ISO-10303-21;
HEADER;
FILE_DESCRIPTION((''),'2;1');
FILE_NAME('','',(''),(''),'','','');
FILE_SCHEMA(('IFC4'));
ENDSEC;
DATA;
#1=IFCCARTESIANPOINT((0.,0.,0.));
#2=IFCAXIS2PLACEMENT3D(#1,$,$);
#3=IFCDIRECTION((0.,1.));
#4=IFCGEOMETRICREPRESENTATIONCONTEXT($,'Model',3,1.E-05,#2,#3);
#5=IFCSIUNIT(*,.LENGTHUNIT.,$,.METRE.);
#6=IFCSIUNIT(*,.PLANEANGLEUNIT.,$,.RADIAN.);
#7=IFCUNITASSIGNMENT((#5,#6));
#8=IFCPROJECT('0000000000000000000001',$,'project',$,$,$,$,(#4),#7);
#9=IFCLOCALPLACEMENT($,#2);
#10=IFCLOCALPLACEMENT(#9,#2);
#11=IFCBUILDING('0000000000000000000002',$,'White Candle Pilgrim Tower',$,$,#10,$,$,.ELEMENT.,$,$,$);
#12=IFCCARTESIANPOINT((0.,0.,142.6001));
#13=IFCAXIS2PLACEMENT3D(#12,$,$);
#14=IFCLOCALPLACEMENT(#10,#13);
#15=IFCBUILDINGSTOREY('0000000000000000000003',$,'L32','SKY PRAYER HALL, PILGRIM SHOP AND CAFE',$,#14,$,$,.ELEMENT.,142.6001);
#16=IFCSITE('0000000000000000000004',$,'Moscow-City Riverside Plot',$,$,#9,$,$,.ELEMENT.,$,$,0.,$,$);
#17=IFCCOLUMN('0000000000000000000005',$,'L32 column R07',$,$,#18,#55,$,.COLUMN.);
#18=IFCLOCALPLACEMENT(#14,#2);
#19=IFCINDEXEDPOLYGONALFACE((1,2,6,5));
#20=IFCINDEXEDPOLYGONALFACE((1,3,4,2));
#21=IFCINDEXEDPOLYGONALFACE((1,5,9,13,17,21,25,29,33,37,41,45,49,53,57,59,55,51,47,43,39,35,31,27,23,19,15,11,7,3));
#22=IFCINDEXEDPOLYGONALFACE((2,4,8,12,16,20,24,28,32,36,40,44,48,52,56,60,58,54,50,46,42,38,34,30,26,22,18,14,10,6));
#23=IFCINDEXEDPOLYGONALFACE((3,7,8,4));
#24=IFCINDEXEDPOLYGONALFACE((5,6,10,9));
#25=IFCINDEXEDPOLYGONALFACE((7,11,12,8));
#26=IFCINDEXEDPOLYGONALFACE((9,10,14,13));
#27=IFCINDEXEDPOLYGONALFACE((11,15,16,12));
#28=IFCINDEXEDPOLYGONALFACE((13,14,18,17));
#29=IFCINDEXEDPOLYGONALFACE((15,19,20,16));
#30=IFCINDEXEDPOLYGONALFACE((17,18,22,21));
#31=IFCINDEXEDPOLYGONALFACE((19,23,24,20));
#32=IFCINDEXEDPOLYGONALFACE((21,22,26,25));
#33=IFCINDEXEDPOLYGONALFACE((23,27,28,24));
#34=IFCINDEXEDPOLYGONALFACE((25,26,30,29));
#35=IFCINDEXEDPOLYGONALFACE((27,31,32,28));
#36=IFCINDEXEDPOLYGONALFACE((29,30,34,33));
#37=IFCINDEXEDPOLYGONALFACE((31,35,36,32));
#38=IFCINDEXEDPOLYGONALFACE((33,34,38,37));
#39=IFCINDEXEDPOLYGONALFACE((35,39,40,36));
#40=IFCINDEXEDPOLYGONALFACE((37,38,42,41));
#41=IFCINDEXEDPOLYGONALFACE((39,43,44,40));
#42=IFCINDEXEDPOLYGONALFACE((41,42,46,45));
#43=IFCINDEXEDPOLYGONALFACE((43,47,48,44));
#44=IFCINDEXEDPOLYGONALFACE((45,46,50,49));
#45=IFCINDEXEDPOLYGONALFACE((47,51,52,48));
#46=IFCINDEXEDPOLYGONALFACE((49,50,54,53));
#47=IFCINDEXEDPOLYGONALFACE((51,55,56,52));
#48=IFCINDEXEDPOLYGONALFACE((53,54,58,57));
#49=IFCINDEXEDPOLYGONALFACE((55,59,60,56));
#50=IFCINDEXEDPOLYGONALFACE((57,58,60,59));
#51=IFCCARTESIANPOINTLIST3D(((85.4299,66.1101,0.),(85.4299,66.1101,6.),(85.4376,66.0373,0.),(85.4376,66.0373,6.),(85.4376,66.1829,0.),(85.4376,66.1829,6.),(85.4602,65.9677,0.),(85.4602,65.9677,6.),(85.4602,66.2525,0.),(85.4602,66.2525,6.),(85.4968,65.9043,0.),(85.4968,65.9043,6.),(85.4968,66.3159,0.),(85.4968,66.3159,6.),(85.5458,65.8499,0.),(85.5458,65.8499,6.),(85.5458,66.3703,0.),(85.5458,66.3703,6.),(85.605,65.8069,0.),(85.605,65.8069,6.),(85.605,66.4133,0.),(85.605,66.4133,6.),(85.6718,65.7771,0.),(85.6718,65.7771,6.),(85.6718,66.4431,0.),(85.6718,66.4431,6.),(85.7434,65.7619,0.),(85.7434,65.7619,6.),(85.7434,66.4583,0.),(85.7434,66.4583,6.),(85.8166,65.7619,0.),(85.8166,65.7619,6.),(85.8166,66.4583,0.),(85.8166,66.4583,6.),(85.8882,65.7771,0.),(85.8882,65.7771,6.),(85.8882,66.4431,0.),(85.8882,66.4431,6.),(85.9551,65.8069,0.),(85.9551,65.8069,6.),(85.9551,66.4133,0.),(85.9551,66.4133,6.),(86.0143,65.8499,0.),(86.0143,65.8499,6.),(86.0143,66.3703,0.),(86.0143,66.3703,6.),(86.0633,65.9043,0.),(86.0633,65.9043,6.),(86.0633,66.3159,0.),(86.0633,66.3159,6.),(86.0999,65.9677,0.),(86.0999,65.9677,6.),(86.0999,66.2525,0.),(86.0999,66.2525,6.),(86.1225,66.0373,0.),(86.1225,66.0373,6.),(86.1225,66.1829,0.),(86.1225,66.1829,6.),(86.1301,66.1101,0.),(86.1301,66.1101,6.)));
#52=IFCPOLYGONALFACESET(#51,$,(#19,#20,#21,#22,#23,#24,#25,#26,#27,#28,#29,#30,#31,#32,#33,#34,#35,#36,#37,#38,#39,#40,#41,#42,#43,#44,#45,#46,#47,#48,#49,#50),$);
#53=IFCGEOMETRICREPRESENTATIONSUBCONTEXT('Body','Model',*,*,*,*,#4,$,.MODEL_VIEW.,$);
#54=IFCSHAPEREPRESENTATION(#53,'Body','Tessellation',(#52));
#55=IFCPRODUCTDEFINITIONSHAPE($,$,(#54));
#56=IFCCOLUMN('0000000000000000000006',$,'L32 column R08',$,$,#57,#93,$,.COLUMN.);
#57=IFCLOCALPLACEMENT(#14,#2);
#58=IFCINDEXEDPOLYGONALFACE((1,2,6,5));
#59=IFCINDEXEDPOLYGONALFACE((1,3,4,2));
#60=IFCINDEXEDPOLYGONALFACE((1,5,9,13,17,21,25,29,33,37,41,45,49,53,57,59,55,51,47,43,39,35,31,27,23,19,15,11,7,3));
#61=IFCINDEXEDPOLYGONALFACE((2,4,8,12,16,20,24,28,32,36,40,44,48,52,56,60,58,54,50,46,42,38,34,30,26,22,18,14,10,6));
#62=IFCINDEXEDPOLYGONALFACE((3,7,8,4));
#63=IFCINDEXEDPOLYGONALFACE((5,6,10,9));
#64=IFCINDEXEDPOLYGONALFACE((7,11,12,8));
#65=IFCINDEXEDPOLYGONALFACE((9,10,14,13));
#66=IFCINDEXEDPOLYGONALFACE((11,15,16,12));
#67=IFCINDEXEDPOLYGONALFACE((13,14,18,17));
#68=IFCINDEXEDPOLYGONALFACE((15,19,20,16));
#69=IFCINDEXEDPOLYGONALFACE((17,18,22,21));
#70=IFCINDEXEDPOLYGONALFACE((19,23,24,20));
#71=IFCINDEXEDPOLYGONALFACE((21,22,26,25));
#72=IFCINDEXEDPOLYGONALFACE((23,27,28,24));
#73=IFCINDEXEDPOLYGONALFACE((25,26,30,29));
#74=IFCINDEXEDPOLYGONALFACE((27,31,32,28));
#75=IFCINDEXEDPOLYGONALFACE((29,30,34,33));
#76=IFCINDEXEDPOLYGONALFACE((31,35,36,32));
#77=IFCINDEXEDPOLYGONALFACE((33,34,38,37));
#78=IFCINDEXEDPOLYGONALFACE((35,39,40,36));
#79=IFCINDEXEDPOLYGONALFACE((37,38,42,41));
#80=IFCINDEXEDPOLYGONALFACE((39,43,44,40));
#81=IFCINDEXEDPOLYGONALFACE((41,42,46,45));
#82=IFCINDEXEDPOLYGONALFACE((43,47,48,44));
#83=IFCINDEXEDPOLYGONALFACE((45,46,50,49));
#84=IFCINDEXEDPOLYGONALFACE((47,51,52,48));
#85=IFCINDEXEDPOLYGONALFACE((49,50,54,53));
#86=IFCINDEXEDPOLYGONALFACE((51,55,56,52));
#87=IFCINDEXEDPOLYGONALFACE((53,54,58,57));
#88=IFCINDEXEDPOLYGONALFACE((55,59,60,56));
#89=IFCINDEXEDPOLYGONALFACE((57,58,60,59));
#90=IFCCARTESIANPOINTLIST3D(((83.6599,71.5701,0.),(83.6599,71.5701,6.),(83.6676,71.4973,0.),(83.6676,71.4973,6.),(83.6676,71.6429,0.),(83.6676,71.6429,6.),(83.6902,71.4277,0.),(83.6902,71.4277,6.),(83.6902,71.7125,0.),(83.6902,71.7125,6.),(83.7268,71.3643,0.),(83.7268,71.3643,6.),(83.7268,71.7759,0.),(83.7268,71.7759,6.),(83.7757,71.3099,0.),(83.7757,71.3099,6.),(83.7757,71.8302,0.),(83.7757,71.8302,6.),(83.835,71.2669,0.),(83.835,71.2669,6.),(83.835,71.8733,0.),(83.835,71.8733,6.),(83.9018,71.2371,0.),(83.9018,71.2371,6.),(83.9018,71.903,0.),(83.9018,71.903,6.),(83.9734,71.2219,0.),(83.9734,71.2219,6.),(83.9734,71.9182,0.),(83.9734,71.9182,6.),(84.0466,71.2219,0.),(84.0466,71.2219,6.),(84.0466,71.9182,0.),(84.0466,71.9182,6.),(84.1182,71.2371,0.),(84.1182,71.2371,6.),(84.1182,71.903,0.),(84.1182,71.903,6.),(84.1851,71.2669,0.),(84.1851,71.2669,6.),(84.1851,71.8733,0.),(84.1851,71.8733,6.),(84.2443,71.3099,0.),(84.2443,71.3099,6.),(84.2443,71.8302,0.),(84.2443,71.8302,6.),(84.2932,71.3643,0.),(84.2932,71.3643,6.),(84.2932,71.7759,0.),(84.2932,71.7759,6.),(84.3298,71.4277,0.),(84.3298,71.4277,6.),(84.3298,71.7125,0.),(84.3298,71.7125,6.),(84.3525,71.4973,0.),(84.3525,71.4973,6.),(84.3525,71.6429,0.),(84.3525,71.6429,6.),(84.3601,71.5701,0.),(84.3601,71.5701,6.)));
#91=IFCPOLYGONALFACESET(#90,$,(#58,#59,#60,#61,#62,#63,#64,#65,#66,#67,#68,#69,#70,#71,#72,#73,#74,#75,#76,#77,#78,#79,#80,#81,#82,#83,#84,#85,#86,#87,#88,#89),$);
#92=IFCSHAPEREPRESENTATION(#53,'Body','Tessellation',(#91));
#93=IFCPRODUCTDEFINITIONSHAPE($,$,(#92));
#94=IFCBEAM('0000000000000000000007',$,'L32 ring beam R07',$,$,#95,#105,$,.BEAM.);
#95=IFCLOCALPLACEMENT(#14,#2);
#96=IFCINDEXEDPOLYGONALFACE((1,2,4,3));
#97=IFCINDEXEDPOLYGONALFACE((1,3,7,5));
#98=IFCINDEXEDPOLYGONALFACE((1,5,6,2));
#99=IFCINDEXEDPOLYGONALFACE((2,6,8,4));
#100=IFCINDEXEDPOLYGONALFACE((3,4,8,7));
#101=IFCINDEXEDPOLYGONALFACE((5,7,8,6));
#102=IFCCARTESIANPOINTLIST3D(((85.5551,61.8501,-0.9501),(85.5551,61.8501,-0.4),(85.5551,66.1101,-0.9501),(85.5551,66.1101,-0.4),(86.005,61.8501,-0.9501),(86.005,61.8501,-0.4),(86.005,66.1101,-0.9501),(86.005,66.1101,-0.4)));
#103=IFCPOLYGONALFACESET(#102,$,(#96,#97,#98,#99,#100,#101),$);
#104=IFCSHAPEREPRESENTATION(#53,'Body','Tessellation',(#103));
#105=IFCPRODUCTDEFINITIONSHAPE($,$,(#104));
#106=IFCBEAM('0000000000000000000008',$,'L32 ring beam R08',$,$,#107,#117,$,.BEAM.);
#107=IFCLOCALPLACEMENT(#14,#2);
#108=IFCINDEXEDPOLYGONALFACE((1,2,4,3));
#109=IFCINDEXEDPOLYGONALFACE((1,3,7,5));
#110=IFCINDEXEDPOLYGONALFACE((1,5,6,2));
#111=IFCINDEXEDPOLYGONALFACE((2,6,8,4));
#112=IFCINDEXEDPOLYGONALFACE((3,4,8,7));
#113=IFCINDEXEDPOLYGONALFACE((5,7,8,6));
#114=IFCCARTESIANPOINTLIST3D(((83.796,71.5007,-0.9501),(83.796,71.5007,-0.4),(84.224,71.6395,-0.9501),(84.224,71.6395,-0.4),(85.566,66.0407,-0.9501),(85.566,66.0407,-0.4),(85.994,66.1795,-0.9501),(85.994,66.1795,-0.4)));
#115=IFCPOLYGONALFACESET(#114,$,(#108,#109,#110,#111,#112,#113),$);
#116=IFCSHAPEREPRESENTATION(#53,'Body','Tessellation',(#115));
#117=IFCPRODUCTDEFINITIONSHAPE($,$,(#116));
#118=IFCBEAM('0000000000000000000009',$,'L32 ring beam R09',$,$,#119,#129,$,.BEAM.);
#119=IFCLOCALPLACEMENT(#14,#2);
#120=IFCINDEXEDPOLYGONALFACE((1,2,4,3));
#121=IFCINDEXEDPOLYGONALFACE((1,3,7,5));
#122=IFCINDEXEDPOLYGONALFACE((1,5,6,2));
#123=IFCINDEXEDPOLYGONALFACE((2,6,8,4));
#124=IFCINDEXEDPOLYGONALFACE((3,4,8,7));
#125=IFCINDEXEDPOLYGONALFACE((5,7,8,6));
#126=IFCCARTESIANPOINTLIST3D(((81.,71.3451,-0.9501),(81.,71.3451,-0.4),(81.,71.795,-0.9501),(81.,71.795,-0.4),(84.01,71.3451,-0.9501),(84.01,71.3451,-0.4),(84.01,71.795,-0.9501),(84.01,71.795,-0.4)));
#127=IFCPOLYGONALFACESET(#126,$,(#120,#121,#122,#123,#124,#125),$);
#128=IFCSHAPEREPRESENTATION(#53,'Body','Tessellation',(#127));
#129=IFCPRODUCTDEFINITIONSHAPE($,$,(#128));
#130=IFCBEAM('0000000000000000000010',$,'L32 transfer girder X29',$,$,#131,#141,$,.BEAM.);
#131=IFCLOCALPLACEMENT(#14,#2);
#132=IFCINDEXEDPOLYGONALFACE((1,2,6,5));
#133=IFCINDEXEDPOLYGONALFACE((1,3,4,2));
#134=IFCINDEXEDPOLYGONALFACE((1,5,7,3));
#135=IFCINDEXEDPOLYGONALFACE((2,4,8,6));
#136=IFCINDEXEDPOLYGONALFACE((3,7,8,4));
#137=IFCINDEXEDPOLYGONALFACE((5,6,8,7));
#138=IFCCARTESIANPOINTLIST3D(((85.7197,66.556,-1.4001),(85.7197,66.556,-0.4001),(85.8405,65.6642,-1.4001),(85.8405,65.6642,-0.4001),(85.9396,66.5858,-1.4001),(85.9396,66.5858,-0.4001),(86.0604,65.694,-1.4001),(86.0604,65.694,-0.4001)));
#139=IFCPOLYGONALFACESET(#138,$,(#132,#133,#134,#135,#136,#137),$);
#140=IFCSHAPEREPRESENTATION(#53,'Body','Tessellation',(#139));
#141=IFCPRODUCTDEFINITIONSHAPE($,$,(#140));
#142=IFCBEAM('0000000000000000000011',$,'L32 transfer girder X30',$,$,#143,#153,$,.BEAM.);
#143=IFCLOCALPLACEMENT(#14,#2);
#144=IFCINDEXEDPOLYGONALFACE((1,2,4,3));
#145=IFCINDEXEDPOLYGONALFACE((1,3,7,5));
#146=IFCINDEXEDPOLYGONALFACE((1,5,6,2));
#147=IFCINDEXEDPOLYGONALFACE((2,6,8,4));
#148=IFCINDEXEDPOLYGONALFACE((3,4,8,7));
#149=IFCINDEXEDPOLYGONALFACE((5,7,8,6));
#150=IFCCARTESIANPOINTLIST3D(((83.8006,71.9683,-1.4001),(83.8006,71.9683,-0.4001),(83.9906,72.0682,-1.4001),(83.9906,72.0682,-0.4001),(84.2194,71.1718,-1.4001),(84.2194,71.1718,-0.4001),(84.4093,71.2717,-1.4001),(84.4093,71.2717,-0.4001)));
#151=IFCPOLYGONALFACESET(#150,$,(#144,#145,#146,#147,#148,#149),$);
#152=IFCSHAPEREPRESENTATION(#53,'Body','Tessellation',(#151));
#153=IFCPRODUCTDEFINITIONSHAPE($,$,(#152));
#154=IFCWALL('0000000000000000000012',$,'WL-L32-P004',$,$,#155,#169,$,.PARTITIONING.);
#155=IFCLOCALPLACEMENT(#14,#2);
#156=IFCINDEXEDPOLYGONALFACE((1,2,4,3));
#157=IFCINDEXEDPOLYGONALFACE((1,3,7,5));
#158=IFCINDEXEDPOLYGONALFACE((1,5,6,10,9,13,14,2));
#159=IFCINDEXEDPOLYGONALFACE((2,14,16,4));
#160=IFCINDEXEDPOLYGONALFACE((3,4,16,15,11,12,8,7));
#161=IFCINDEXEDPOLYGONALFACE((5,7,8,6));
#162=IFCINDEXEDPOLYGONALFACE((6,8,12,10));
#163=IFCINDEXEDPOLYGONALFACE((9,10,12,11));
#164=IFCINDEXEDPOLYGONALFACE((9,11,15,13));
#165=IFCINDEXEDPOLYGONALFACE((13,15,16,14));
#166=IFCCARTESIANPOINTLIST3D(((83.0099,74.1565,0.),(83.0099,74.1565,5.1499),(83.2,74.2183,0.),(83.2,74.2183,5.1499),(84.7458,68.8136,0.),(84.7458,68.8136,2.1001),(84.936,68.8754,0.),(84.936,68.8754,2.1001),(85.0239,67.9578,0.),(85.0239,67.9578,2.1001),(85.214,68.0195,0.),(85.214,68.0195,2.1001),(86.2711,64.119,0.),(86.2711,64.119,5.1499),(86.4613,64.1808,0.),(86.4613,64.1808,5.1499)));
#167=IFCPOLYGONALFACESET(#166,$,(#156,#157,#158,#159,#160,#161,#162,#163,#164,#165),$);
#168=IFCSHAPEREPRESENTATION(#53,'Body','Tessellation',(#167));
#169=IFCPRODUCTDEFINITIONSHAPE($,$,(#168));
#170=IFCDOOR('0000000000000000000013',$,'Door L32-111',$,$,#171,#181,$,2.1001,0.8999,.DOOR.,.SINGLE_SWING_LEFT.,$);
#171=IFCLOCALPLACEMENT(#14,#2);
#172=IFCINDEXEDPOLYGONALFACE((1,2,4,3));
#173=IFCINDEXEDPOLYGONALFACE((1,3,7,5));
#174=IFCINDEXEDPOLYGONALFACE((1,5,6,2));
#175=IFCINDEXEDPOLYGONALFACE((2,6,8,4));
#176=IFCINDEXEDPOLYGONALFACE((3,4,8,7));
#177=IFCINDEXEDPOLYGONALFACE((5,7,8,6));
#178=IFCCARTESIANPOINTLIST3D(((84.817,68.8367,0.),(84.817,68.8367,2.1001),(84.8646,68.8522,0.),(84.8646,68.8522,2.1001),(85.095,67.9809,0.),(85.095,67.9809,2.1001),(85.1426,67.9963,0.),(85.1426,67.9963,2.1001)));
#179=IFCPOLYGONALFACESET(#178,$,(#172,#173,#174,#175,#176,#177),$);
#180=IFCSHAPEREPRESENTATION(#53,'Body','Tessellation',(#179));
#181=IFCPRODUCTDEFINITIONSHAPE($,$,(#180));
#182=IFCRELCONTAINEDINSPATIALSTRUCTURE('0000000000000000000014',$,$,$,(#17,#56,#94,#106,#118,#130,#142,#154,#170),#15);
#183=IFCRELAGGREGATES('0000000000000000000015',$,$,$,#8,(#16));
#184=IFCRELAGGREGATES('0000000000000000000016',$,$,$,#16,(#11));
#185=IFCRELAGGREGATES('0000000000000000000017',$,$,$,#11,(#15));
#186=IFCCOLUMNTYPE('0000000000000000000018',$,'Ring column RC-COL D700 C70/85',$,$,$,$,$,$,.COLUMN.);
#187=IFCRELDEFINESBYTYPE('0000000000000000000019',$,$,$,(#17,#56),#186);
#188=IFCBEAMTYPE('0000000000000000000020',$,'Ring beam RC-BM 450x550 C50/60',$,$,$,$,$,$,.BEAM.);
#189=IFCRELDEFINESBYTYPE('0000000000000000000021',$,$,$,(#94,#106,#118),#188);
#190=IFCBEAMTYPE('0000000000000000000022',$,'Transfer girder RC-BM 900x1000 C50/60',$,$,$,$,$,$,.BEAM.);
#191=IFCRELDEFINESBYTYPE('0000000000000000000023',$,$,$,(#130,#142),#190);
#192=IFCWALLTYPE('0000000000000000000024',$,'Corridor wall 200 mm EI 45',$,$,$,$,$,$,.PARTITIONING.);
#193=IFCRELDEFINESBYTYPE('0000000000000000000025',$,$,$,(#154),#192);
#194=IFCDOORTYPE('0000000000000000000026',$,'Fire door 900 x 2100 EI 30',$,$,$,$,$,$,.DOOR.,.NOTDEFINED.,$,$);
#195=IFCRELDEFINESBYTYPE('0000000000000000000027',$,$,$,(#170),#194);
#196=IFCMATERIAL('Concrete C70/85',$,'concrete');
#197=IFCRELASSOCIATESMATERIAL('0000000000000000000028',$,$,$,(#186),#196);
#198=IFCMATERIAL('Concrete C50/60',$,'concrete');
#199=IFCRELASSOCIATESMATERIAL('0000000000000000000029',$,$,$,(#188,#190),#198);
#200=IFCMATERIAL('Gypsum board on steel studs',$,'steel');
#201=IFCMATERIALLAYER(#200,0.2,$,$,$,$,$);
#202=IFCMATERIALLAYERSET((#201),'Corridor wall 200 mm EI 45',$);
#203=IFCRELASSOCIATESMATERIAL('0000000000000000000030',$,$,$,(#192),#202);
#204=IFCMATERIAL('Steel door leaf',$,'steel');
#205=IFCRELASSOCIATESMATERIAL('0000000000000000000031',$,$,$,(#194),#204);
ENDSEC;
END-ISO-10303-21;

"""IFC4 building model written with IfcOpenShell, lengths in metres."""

from ifc_helpers import new_model, si_unit, direction, frame, frame_2d, origin, origin_2d, place, context, subcontext, project, spatial, rectangle, circle, extrude, material, layer, layer_set, material_profile, profile_set, type_object, element, fill, save


model = new_model("IFC4")

# Units and contexts
model_context = context("Model", 3, precision=1e-05, world=origin(), true_north=direction((0.0, 1.0)))
body_context = subcontext(model_context, "Body", "Model", "MODEL_VIEW")
ifc_project = project(units=[si_unit("LENGTHUNIT", "METRE"), si_unit("PLANEANGLEUNIT", "RADIAN")], contexts=[model_context])

# Site, building, storey
site_placement = place(None, origin())
site = spatial("IfcSite", under=ifc_project, at=site_placement, Name="Moscow-City Riverside Plot", CompositionType="ELEMENT", RefElevation=0.0)
building_placement = place(site_placement, origin())
building = spatial("IfcBuilding", under=site, at=building_placement, Name="White Candle Pilgrim Tower", CompositionType="ELEMENT")
storey_placement = place(building_placement, frame((0.0, 0.0, 142.6001)))
storey = spatial("IfcBuildingStorey", under=building, at=storey_placement, Name="L32", Description="SKY PRAYER HALL, PILGRIM SHOP AND CAFE", CompositionType="ELEMENT", Elevation=142.6001)

# Columns
ifc_material_1 = material(Name="Concrete C70/85", Category="concrete")
ifc_material_profile_1 = material_profile(ifc_material_1, circle(Radius=0.3501, at=origin_2d()), Name="RC-COL D700")
ifc_profile_set_1 = profile_set([ifc_material_profile_1], Name="Concrete C70/85")
column_type_1 = type_object("IfcColumnType", Name="Ring column RC-COL D700 C70/85", PredefinedType="COLUMN", material=ifc_profile_set_1)
for number, where, z_axis, x_axis, name in (
    (1, (85.78, 66.1101, 0.0), (0.0, 0.0, 1.0), (1.0, 0.0, 0.0), "L32 column R07"),
    (2, (84.01, 71.5701, 0.0), (0.0, 0.0, 1.0), (1.0, 0.0, 0.0), "L32 column R08"),
):
    element("IfcColumn", number, at=place(storey_placement, frame(where, z_axis=z_axis, x_axis=x_axis)), inside=storey, type_object=column_type_1, Name=name, PredefinedType="COLUMN", context=body_context, shape_type="SweptSolid", body=[
        extrude(circle(Radius=0.3501, at=origin_2d()), origin(), (0.0, 0.0, 1.0), 6.0),
    ])

# Beams
ifc_material_2 = material(Name="Concrete C50/60", Category="concrete")
ifc_material_profile_2 = material_profile(ifc_material_2, rectangle(XDim=0.45, YDim=0.55, at=origin_2d()), Name="RC-BM 450x550")
ifc_profile_set_2 = profile_set([ifc_material_profile_2], Name="Concrete C50/60")
beam_type_1 = type_object("IfcBeamType", Name="Ring beam RC-BM 450x550 C50/60", PredefinedType="BEAM", material=ifc_profile_set_2)
beam_1_placement = place(storey_placement, frame((85.78, 66.1101, -0.675), z_axis=(0.0, -1.0, 0.0), x_axis=(1.0, 0.0, 0.0)))
element("IfcBeam", 3, at=beam_1_placement, inside=storey, type_object=beam_type_1, Name="L32 ring beam R07", PredefinedType="BEAM", context=body_context, shape_type="SweptSolid", body=[
    extrude(rectangle(XDim=0.45, YDim=0.55, at=origin_2d()), origin(), (0.0, 0.0, 1.0), 4.26),
])
beam_2_placement = place(storey_placement, frame((85.78, 66.1101, -0.675), z_axis=(-0.308382, 0.951263, 0.0), x_axis=(-0.951263, -0.308382, 0.0)))
element("IfcBeam", 4, at=beam_2_placement, inside=storey, type_object=beam_type_1, Name="L32 ring beam R08", PredefinedType="BEAM", context=body_context, shape_type="SweptSolid", body=[
    extrude(rectangle(XDim=0.45, YDim=0.55, at=origin_2d()), origin(), (0.0, 0.0, 1.0), 5.7397),
])
beam_3_placement = place(storey_placement, frame((84.01, 71.5701, -0.675), z_axis=(-1.0, 0.0, 0.0), x_axis=(0.0, -1.0, 0.0)))
element("IfcBeam", 5, at=beam_3_placement, inside=storey, type_object=beam_type_1, Name="L32 ring beam R09", PredefinedType="BEAM", context=body_context, shape_type="SweptSolid", body=[
    extrude(rectangle(XDim=0.45, YDim=0.55, at=origin_2d()), origin(), (0.0, 0.0, 1.0), 3.01),
])
ifc_material_profile_3 = material_profile(ifc_material_2, rectangle(XDim=0.8999, YDim=1.0, at=origin_2d()), Name="RC-BM 900x1000")
ifc_profile_set_3 = profile_set([ifc_material_profile_3], Name="Concrete C50/60")
beam_type_2 = type_object("IfcBeamType", Name="Transfer girder RC-BM 900x1000 C50/60", PredefinedType="BEAM", material=ifc_profile_set_3)
beam_4_placement = place(storey_placement, frame((86.0, 66.1399, -0.9001), z_axis=(-0.990957, -0.134181, 0.0), x_axis=(0.134181, -0.990957, 0.0)))
element("IfcBeam", 6, at=beam_4_placement, inside=storey, type_object=beam_type_2, Name="L32 transfer girder X29", PredefinedType="BEAM", context=body_context, shape_type="SweptSolid", body=[
    extrude(rectangle(XDim=0.8999, YDim=1.0, at=origin_2d()), origin(), (0.0, 0.0, 1.0), 0.2219),
])
beam_5_placement = place(storey_placement, frame((84.2, 71.6699, -0.9001), z_axis=(-0.88514, -0.465324, 0.0), x_axis=(0.465324, -0.88514, 0.0)))
element("IfcBeam", 7, at=beam_5_placement, inside=storey, type_object=beam_type_2, Name="L32 transfer girder X30", PredefinedType="BEAM", context=body_context, shape_type="SweptSolid", body=[
    extrude(rectangle(XDim=0.8999, YDim=1.0, at=origin_2d()), origin(), (0.0, 0.0, 1.0), 0.2146),
])

# Wall, opening, door
ifc_material_3 = material(Name="Gypsum board on steel studs", Category="steel")
ifc_layer_1 = layer(ifc_material_3, 0.2)
ifc_layer_set_1 = layer_set([ifc_layer_1], Name="Corridor wall 200 mm EI 45")
wall_type_1 = type_object("IfcWallType", Name="Corridor wall 200 mm EI 45", PredefinedType="PARTITIONING", material=ifc_layer_set_1)
wall_1_placement = place(storey_placement, frame((83.105, 74.1873, 0.0), z_axis=(0.0, 0.0, 1.0), x_axis=(0.309008, -0.951059, 0.0)))
wall_1 = element("IfcWall", 8, at=wall_1_placement, inside=storey, type_object=wall_type_1, Name="WL-L32-P004", PredefinedType="PARTITIONING", context=body_context, shape_type="SweptSolid", body=[
    extrude(rectangle(XDim=10.554, YDim=0.2, at=frame_2d((5.2769, 0.0))), origin(), (0.0, 0.0, 1.0), 5.1499),
])
opening_1_placement = place(wall_1_placement, frame((5.6177, 0.0, 0.0)))
opening_1 = element("IfcOpeningElement", 9, at=opening_1_placement, cuts=wall_1, PredefinedType="OPENING", context=body_context, shape_type="SweptSolid", body=[
    extrude(rectangle(XDim=0.8999, YDim=2.1001, at=frame_2d((0.45, 1.05))), frame((0.0, 0.1099, 0.0), z_axis=(0.0, -1.0, 0.0), x_axis=(1.0, 0.0, 0.0)), (0.0, 0.0, 1.0), 0.22),
])
ifc_material_4 = material(Name="Steel door leaf", Category="steel")
door_type = type_object("IfcDoorType", Name="Fire door 900 x 2100 EI 30", OperationType="NOTDEFINED", PredefinedType="DOOR", material=ifc_material_4)
door_1_placement = place(opening_1_placement, origin())
door_1 = element("IfcDoor", 10, at=door_1_placement, inside=storey, type_object=door_type, Name="Door L32-111", OperationType="SINGLE_SWING_LEFT", OverallHeight=2.1001, OverallWidth=0.8999, PredefinedType="DOOR", context=body_context, shape_type="SweptSolid", body=[
    extrude(rectangle(XDim=0.8999, YDim=2.1001, at=frame_2d((0.45, 1.05))), frame((0.0, 0.0249, 0.0), z_axis=(0.0, -1.0, 0.0), x_axis=(1.0, 0.0, 0.0)), (0.0, 0.0, 1.0), 0.05),
])
fill(opening_1, door_1)

save(model, "model.ifc")
